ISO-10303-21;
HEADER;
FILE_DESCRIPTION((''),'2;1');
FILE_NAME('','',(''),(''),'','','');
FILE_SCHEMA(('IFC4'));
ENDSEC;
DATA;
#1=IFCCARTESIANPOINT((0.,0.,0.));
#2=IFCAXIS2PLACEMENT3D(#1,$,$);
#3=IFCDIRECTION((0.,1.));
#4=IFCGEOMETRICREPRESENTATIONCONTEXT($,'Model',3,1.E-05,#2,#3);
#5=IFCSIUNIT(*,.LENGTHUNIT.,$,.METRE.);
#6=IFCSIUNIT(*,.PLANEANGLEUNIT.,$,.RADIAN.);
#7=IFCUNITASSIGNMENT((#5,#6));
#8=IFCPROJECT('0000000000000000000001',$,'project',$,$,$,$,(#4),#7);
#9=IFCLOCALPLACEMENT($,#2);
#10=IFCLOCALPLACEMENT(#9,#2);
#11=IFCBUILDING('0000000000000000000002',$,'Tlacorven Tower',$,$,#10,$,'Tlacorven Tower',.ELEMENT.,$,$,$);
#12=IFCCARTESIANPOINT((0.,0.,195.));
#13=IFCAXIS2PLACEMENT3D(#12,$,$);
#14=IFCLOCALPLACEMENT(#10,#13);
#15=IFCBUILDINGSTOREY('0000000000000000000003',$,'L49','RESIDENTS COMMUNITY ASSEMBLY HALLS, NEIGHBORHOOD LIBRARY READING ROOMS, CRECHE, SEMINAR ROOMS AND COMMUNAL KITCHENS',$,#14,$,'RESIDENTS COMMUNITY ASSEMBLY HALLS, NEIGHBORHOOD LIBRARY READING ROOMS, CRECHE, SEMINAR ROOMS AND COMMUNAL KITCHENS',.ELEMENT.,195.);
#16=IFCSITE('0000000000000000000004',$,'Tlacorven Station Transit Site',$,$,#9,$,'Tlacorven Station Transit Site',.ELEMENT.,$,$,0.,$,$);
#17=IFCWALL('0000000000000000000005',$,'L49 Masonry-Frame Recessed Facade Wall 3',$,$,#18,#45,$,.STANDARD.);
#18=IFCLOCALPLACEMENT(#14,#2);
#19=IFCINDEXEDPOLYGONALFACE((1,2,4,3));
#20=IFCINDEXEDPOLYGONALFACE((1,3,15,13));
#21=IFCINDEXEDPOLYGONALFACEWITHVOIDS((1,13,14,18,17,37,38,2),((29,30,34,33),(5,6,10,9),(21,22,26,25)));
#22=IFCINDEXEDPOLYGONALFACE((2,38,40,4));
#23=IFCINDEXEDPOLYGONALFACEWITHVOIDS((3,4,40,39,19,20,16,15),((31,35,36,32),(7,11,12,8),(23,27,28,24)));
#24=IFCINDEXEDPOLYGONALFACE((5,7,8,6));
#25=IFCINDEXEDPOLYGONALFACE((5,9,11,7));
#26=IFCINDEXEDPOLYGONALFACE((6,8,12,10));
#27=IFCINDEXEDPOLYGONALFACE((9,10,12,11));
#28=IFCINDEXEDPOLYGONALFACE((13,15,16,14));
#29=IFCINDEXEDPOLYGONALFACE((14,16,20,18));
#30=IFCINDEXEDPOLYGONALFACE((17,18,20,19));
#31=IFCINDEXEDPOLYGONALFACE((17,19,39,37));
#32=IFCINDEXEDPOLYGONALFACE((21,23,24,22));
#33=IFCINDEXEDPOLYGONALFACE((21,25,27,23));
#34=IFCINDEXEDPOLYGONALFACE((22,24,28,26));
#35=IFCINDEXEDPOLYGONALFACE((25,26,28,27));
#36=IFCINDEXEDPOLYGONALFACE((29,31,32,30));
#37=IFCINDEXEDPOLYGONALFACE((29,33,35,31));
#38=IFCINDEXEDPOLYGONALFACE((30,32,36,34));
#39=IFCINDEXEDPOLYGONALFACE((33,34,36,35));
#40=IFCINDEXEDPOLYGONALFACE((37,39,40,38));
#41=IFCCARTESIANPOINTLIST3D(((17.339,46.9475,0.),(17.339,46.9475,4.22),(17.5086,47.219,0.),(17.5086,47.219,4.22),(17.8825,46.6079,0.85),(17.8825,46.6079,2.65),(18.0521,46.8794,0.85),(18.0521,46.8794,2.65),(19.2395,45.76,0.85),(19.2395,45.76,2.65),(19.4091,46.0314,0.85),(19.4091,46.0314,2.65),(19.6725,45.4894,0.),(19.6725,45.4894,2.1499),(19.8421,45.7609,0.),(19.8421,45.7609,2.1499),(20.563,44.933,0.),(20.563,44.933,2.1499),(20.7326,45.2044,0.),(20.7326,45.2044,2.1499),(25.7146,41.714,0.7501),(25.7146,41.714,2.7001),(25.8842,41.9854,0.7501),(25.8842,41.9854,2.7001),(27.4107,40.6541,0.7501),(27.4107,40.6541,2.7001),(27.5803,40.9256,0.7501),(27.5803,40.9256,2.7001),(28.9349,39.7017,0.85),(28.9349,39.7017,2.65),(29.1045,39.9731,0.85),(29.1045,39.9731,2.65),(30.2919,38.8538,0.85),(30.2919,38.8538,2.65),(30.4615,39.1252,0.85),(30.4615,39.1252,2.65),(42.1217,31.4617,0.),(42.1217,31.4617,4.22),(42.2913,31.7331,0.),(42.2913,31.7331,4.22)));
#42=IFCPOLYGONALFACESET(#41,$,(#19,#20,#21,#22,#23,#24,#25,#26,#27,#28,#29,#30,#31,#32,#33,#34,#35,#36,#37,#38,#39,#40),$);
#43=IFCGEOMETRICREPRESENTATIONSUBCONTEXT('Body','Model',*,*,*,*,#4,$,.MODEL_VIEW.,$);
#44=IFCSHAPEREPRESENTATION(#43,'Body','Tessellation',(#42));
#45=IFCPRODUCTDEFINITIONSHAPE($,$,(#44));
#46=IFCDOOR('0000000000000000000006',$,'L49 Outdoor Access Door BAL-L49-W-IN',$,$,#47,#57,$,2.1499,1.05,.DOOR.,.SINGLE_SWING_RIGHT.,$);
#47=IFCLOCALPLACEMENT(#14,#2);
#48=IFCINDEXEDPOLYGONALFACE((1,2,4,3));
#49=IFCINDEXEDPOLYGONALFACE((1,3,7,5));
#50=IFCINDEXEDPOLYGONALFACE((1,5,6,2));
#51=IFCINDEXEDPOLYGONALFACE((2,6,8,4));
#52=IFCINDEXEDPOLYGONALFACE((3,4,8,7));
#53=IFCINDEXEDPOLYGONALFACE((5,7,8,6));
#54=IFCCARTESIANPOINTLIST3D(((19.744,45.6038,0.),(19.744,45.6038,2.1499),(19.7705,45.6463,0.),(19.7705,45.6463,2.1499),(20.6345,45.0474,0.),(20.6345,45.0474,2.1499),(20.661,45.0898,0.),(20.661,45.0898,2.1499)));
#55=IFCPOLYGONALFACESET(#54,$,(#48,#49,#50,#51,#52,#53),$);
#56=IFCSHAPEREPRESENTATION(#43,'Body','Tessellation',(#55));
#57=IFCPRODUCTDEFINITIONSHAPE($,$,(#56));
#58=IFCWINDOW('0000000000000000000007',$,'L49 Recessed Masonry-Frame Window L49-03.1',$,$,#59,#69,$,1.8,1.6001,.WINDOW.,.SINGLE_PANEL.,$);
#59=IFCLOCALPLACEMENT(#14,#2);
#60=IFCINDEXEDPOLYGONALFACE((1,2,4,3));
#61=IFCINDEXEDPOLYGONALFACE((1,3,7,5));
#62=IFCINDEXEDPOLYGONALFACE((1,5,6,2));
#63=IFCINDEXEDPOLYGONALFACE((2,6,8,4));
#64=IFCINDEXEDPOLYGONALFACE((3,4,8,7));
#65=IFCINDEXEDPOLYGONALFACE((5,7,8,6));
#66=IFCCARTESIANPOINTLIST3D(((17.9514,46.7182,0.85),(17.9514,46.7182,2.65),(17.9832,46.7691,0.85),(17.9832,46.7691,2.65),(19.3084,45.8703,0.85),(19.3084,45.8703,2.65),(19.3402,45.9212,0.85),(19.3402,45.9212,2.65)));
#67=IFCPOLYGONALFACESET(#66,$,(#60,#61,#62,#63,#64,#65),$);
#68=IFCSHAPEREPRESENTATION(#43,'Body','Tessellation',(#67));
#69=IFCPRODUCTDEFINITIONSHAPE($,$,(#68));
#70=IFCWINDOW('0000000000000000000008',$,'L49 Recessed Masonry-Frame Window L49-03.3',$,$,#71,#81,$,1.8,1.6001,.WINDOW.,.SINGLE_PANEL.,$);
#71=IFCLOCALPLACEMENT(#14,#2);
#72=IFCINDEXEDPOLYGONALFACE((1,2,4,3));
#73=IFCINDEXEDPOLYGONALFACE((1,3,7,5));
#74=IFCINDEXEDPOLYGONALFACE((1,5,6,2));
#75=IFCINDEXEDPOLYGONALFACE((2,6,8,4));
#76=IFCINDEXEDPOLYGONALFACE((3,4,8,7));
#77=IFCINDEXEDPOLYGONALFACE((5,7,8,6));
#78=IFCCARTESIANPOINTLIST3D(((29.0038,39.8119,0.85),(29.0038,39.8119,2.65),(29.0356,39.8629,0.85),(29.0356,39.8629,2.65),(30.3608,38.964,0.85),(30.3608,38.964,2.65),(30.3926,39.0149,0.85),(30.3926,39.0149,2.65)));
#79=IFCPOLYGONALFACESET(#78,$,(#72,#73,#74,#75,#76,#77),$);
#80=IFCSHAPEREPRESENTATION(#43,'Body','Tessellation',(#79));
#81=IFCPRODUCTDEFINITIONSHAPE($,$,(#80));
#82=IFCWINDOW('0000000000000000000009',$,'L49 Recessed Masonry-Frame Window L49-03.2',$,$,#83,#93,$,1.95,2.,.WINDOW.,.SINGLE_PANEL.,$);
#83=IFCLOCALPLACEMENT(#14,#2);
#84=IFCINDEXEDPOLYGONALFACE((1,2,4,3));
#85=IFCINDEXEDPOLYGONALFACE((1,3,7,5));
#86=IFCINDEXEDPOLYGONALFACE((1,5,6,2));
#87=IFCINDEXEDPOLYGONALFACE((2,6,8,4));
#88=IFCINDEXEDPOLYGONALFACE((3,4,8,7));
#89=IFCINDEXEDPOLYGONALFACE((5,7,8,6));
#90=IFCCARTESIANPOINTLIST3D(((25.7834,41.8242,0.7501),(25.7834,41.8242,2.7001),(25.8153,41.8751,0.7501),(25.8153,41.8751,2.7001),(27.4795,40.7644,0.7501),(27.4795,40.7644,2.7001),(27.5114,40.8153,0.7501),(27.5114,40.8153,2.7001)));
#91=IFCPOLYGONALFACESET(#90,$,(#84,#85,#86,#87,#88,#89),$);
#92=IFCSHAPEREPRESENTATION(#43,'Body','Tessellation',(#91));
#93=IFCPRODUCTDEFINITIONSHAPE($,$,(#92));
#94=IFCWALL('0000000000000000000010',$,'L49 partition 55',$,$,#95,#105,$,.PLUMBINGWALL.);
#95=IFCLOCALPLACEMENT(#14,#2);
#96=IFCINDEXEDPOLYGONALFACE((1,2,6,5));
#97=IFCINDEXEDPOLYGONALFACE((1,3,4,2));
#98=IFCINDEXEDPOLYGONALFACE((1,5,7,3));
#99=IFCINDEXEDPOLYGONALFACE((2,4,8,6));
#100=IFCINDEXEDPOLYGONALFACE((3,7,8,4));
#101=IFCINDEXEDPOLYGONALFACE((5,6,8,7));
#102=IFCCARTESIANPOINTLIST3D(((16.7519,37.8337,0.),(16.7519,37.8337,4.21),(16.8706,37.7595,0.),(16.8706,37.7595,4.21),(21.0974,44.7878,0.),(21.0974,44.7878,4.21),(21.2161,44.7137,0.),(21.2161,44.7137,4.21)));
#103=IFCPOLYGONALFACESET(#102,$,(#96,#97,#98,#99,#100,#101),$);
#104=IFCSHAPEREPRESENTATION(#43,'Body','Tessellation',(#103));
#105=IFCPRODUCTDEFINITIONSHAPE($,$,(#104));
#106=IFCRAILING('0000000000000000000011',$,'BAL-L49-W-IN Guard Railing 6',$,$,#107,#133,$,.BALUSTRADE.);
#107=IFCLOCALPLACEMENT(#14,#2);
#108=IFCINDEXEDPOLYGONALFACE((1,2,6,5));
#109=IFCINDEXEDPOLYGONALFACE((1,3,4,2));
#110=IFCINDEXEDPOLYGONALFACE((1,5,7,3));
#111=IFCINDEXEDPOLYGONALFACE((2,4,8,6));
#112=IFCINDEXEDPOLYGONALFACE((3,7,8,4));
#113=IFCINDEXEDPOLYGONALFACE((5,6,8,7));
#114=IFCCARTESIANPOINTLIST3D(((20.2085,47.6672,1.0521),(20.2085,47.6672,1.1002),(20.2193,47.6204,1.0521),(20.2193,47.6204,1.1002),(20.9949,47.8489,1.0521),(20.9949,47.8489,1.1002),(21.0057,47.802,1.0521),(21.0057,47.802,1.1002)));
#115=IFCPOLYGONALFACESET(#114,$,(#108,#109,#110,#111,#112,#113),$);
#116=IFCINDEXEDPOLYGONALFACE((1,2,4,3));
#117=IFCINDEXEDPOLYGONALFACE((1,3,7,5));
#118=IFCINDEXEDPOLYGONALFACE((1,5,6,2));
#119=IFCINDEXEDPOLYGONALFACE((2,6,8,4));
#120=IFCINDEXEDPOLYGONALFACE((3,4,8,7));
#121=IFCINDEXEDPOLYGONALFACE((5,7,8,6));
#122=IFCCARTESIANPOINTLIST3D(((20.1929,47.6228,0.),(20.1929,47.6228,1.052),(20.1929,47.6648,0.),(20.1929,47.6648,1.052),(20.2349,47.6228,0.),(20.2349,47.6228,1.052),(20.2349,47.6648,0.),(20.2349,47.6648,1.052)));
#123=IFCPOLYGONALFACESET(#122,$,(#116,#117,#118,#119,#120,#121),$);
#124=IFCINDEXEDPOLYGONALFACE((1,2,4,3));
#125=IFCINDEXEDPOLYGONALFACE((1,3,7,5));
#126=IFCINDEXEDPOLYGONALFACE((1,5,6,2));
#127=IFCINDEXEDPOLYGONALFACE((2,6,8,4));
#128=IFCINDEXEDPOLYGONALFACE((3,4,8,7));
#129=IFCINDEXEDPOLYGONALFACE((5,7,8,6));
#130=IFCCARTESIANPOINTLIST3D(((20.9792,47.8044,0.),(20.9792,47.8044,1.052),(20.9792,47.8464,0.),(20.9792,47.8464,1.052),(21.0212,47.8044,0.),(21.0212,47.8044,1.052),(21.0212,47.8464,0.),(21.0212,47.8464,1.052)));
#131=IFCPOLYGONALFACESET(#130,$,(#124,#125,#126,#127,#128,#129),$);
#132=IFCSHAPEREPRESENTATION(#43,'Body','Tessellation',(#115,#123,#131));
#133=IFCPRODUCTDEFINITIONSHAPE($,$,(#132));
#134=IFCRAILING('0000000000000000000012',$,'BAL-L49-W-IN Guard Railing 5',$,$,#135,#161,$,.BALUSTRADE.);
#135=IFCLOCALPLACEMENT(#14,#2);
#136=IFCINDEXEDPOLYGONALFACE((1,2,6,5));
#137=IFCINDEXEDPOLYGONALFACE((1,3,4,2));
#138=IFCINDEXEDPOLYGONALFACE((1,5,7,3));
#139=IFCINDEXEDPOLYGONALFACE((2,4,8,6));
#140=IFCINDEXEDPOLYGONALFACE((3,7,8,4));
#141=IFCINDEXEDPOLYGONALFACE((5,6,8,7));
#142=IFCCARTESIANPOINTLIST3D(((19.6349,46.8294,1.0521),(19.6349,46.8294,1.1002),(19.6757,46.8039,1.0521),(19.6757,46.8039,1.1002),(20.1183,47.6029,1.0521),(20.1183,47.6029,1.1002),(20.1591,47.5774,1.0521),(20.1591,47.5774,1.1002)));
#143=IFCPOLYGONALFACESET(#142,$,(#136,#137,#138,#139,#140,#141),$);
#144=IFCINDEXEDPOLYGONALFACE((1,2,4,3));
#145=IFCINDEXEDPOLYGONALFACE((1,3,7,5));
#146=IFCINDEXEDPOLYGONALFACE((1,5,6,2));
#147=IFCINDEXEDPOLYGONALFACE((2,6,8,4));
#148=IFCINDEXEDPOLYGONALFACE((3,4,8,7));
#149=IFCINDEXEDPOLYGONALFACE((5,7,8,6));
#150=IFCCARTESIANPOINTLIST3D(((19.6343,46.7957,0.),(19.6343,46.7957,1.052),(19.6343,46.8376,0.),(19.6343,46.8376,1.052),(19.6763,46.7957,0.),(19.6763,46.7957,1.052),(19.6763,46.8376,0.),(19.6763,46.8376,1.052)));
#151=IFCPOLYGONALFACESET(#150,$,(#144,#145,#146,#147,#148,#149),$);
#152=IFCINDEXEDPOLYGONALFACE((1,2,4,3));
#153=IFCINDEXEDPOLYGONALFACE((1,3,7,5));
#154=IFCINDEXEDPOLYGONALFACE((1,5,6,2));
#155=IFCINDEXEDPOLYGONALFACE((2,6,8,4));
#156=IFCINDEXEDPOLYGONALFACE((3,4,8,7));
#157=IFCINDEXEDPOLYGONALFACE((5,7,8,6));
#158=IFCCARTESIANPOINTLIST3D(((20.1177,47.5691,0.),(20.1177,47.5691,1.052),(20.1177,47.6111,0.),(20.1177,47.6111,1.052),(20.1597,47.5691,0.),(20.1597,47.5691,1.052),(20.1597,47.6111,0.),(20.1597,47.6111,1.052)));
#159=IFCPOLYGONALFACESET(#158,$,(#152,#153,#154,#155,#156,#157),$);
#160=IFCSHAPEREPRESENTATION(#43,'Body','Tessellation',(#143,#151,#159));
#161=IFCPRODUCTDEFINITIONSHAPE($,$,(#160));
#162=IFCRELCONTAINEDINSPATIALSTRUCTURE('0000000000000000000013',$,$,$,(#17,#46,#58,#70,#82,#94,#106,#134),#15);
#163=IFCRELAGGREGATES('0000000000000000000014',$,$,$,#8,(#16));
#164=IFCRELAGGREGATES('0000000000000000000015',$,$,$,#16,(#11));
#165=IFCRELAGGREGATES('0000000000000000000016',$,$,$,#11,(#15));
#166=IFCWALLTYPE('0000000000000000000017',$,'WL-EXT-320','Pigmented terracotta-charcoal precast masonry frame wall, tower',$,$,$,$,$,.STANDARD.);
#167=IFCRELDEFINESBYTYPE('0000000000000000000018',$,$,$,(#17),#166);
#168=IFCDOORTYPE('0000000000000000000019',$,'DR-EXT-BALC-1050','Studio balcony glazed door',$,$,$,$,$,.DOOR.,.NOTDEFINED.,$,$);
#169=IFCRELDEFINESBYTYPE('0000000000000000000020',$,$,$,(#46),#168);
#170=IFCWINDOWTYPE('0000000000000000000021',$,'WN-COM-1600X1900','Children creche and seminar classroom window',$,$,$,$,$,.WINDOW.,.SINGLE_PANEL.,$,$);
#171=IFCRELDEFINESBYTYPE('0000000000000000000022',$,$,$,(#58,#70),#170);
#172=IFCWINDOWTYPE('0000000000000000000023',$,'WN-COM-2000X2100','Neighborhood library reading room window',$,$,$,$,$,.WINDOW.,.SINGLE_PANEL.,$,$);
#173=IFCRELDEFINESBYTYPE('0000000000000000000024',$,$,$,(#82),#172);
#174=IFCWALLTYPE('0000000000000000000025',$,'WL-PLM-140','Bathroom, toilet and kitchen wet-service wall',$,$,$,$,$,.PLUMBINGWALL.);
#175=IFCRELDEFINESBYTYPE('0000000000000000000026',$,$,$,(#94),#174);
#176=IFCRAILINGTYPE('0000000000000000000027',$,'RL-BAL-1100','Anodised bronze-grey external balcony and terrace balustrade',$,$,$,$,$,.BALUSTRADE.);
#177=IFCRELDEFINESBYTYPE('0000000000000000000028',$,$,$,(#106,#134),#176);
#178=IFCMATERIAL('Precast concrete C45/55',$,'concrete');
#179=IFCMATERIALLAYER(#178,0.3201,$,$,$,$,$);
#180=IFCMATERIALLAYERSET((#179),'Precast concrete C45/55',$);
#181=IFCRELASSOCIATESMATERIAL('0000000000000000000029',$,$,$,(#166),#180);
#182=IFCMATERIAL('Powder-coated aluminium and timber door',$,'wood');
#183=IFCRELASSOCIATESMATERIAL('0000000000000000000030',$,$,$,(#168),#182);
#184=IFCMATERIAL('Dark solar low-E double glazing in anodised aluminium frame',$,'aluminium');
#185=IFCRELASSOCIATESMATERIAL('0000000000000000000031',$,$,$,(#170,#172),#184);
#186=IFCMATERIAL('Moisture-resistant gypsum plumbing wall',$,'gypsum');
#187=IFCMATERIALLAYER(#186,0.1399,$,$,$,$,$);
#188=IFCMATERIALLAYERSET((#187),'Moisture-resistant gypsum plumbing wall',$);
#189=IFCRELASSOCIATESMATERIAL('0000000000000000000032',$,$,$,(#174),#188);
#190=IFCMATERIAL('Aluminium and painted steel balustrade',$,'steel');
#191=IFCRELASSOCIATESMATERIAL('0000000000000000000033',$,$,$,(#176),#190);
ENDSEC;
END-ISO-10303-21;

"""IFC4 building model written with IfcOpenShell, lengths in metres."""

from ifc_helpers import new_model, si_unit, direction, frame, frame_2d, origin, origin_2d, place, context, subcontext, project, spatial, rectangle, extrude, source, transform, mapped, material, layer, layer_set, type_object, element, fill, save


model = new_model("IFC4")

# Units and contexts
model_context = context("Model", 3, precision=1e-05, world=origin(), true_north=direction((0.0, 1.0)))
body_context = subcontext(model_context, "Body", "Model", "MODEL_VIEW")
ifc_project = project(units=[si_unit("LENGTHUNIT", "METRE"), si_unit("PLANEANGLEUNIT", "RADIAN")], contexts=[model_context])

# Site, building, storey
site_placement = place(None, origin())
site = spatial("IfcSite", under=ifc_project, at=site_placement, Name="Tlacorven Station Transit Site", LongName="Tlacorven Station Transit Site", CompositionType="ELEMENT", RefElevation=0.0)
building_placement = place(site_placement, origin())
building = spatial("IfcBuilding", under=site, at=building_placement, Name="Tlacorven Tower", LongName="Tlacorven Tower", CompositionType="ELEMENT")
storey_placement = place(building_placement, frame((0.0, 0.0, 195.0)))
storey = spatial("IfcBuildingStorey", under=building, at=storey_placement, Name="L49", Description="RESIDENTS COMMUNITY ASSEMBLY HALLS, NEIGHBORHOOD LIBRARY READING ROOMS, CRECHE, SEMINAR ROOMS AND COMMUNAL KITCHENS", LongName="RESIDENTS COMMUNITY ASSEMBLY HALLS, NEIGHBORHOOD LIBRARY READING ROOMS, CRECHE, SEMINAR ROOMS AND COMMUNAL KITCHENS", CompositionType="ELEMENT", Elevation=195.0)

# Wall, openings, door, windows
ifc_material_1 = material(Name="Precast concrete C45/55", Category="concrete")
ifc_layer_1 = layer(ifc_material_1, 0.3201)
ifc_layer_set_1 = layer_set([ifc_layer_1], Name="Precast concrete C45/55")
wall_type_1 = type_object("IfcWallType", Name="WL-EXT-320", Description="Pigmented terracotta-charcoal precast masonry frame wall, tower", PredefinedType="STANDARD", material=ifc_layer_set_1)
wall_1_placement = place(storey_placement, frame((17.4238, 47.0833, 0.0), z_axis=(0.0, 0.0, 1.0), x_axis=(0.84805, -0.529916, 0.0)))
wall_1 = element("IfcWall", 1, at=wall_1_placement, inside=storey, type_object=wall_type_1, Name="L49 Masonry-Frame Recessed Facade Wall 3", PredefinedType="STANDARD", context=body_context, shape_type="SweptSolid", body=[
    extrude(rectangle(XDim=29.2231, YDim=0.3201, at=frame_2d((14.6116, 0.0))), origin(), (0.0, 0.0, 1.0), 4.22),
])
opening_1_placement = place(wall_1_placement, frame((2.7517, 0.0, 0.0)))
opening_1 = element("IfcOpeningElement", 2, at=opening_1_placement, cuts=wall_1, PredefinedType="OPENING", context=body_context, shape_type="SweptSolid", body=[
    extrude(rectangle(XDim=1.05, YDim=2.1499, at=frame_2d((0.5249, 1.075))), frame((0.0, 0.1699, 0.0), z_axis=(0.0, -1.0, 0.0), x_axis=(1.0, 0.0, 0.0)), (0.0, 0.0, 1.0), 0.3401),
])
opening_2_placement = place(wall_1_placement, frame((0.6409, 0.0, 0.8501)))
opening_2 = element("IfcOpeningElement", 3, at=opening_2_placement, cuts=wall_1, PredefinedType="OPENING", context=body_context, shape_type="SweptSolid", body=[
    extrude(rectangle(XDim=1.6001, YDim=1.8, at=frame_2d((0.8, 0.8999))), frame((0.0, 0.1699, 0.0), z_axis=(0.0, -1.0, 0.0), x_axis=(1.0, 0.0, 0.0)), (0.0, 0.0, 1.0), 0.3401),
])
opening_3_placement = place(wall_1_placement, frame((9.8762, 0.0, 0.75)))
opening_3 = element("IfcOpeningElement", 4, at=opening_3_placement, cuts=wall_1, PredefinedType="OPENING", context=body_context, shape_type="SweptSolid", body=[
    extrude(rectangle(XDim=2.0, YDim=1.95, at=frame_2d((1.0, 0.9751))), frame((0.0, 0.1699, 0.0), z_axis=(0.0, -1.0, 0.0), x_axis=(1.0, 0.0, 0.0)), (0.0, 0.0, 1.0), 0.3401),
])
opening_4_placement = place(wall_1_placement, frame((13.6736, 0.0, 0.8501)))
opening_4 = element("IfcOpeningElement", 5, at=opening_4_placement, cuts=wall_1, PredefinedType="OPENING", context=body_context, shape_type="SweptSolid", body=[
    extrude(rectangle(XDim=1.6001, YDim=1.8, at=frame_2d((0.8, 0.8999))), frame((0.0, 0.1699, 0.0), z_axis=(0.0, -1.0, 0.0), x_axis=(1.0, 0.0, 0.0)), (0.0, 0.0, 1.0), 0.3401),
])
ifc_material_2 = material(Name="Powder-coated aluminium and timber door", Category="wood")
door_type = type_object("IfcDoorType", Name="DR-EXT-BALC-1050", Description="Studio balcony glazed door", OperationType="NOTDEFINED", PredefinedType="DOOR", material=ifc_material_2)
shared_shape_1 = source(origin(), body_context, "Body", "SweptSolid", [
    extrude(rectangle(XDim=1.05, YDim=2.1499, at=frame_2d((0.5249, 1.075))), frame((0.0, 0.0249, 0.0), z_axis=(0.0, -1.0, 0.0), x_axis=(1.0, 0.0, 0.0)), (0.0, 0.0, 1.0), 0.05),
])
door_placement = place(opening_1_placement, origin())
door = element("IfcDoor", 6, at=door_placement, inside=storey, type_object=door_type, Name="L49 Outdoor Access Door BAL-L49-W-IN", OperationType="SINGLE_SWING_RIGHT", OverallHeight=2.1499, OverallWidth=1.05, PredefinedType="DOOR", context=body_context, shape_type="MappedRepresentation", body=[
    mapped(shared_shape_1, transform((0.0, 0.0, 0.0), scale=1.0)),
])
fill(opening_1, door)
ifc_material_3 = material(Name="Dark solar low-E double glazing in anodised aluminium frame", Category="aluminium")
window_type_1 = type_object("IfcWindowType", Name="WN-COM-1600X1900", Description="Children creche and seminar classroom window", PartitioningType="SINGLE_PANEL", PredefinedType="WINDOW", material=ifc_material_3)
shared_shape_2 = source(origin(), body_context, "Body", "SweptSolid", [
    extrude(rectangle(XDim=1.6001, YDim=1.8, at=frame_2d((0.8, 0.8999))), frame((0.0, 0.03, 0.0), z_axis=(0.0, -1.0, 0.0), x_axis=(1.0, 0.0, 0.0)), (0.0, 0.0, 1.0), 0.0601),
])
window_1_placement = place(opening_2_placement, origin())
window_1 = element("IfcWindow", 7, at=window_1_placement, inside=storey, type_object=window_type_1, Name="L49 Recessed Masonry-Frame Window L49-03.1", OverallHeight=1.8, OverallWidth=1.6001, PartitioningType="SINGLE_PANEL", PredefinedType="WINDOW", context=body_context, shape_type="MappedRepresentation", body=[
    mapped(shared_shape_2, transform((0.0, 0.0, 0.0), scale=1.0)),
])
fill(opening_2, window_1)
window_2_placement = place(opening_4_placement, origin())
window_2 = element("IfcWindow", 8, at=window_2_placement, inside=storey, type_object=window_type_1, Name="L49 Recessed Masonry-Frame Window L49-03.3", OverallHeight=1.8, OverallWidth=1.6001, PartitioningType="SINGLE_PANEL", PredefinedType="WINDOW", context=body_context, shape_type="MappedRepresentation", body=[
    mapped(shared_shape_2, transform((0.0, 0.0, 0.0), scale=1.0)),
])
fill(opening_4, window_2)
window_type_2 = type_object("IfcWindowType", Name="WN-COM-2000X2100", Description="Neighborhood library reading room window", PartitioningType="SINGLE_PANEL", PredefinedType="WINDOW", material=ifc_material_3)
shared_shape_3 = source(origin(), body_context, "Body", "SweptSolid", [
    extrude(rectangle(XDim=2.0, YDim=1.95, at=frame_2d((1.0, 0.9751))), frame((0.0, 0.03, 0.0), z_axis=(0.0, -1.0, 0.0), x_axis=(1.0, 0.0, 0.0)), (0.0, 0.0, 1.0), 0.0601),
])
window_3_placement = place(opening_3_placement, origin())
window_3 = element("IfcWindow", 9, at=window_3_placement, inside=storey, type_object=window_type_2, Name="L49 Recessed Masonry-Frame Window L49-03.2", OverallHeight=1.95, OverallWidth=2.0, PartitioningType="SINGLE_PANEL", PredefinedType="WINDOW", context=body_context, shape_type="MappedRepresentation", body=[
    mapped(shared_shape_3, transform((0.0, 0.0, 0.0), scale=1.0)),
])
fill(opening_3, window_3)

# Wall
ifc_material_4 = material(Name="Moisture-resistant gypsum plumbing wall", Category="gypsum")
ifc_layer_2 = layer(ifc_material_4, 0.1399)
ifc_layer_set_2 = layer_set([ifc_layer_2], Name="Moisture-resistant gypsum plumbing wall")
wall_type_2 = type_object("IfcWallType", Name="WL-PLM-140", Description="Bathroom, toilet and kitchen wet-service wall", PredefinedType="PLUMBINGWALL", material=ifc_layer_set_2)
wall_2_placement = place(storey_placement, frame((21.1567, 44.7507, 0.0), z_axis=(0.0, 0.0, 1.0), x_axis=(-0.529924, -0.848045, 0.0)))
element("IfcWall", 10, at=wall_2_placement, inside=storey, type_object=wall_type_2, Name="L49 partition 55", PredefinedType="PLUMBINGWALL", context=body_context, shape_type="SweptSolid", body=[
    extrude(rectangle(XDim=8.2002, YDim=0.1399, at=frame_2d((4.1001, 0.0))), origin(), (0.0, 0.0, 1.0), 4.21),
])

# Railings
ifc_material_5 = material(Name="Aluminium and painted steel balustrade", Category="steel")
railing_type = type_object("IfcRailingType", Name="RL-BAL-1100", Description="Anodised bronze-grey external balcony and terrace balustrade", PredefinedType="BALUSTRADE", material=ifc_material_5)
shared_shape_4 = source(origin(), body_context, "Body", "SweptSolid", [
    extrude(rectangle(XDim=0.0481, YDim=0.0481, at=origin_2d()), frame((0.0, 0.0, 1.0762), z_axis=(0.974345, 0.225058, 0.0), x_axis=(-0.225058, 0.974345, 0.0)), (0.0, 0.0, 1.0), 0.8071),
    extrude(rectangle(XDim=0.042, YDim=0.042, at=origin_2d()), origin(), (0.0, 0.0, 1.0), 1.052),
    extrude(rectangle(XDim=0.042, YDim=0.042, at=origin_2d()), frame((0.7864, 0.1816, 0.0)), (0.0, 0.0, 1.0), 1.052),
])
railing_1_placement = place(storey_placement, frame((20.2139, 47.6438, 0.0)))
element("IfcRailing", 11, at=railing_1_placement, inside=storey, type_object=railing_type, Name="BAL-L49-W-IN Guard Railing 6", PredefinedType="BALUSTRADE", context=body_context, shape_type="MappedRepresentation", body=[
    mapped(shared_shape_4, transform((0.0, 0.0, 0.0), scale=1.0)),
])
shared_shape_5 = source(origin(), body_context, "Body", "SweptSolid", [
    extrude(rectangle(XDim=0.0481, YDim=0.0481, at=origin_2d()), frame((0.0, 0.0, 1.0762), z_axis=(0.529999, 0.847998, 0.0), x_axis=(-0.847998, 0.529999, 0.0)), (0.0, 0.0, 1.0), 0.9121),
    extrude(rectangle(XDim=0.042, YDim=0.042, at=origin_2d()), origin(), (0.0, 0.0, 1.0), 1.052),
    extrude(rectangle(XDim=0.042, YDim=0.042, at=origin_2d()), frame((0.4834, 0.7734, 0.0)), (0.0, 0.0, 1.0), 1.052),
])
railing_2_placement = place(storey_placement, frame((19.6553, 46.8167, 0.0)))
element("IfcRailing", 12, at=railing_2_placement, inside=storey, type_object=railing_type, Name="BAL-L49-W-IN Guard Railing 5", PredefinedType="BALUSTRADE", context=body_context, shape_type="MappedRepresentation", body=[
    mapped(shared_shape_5, transform((0.0, 0.0, 0.0), scale=1.0)),
])

save(model, "model.ifc")
